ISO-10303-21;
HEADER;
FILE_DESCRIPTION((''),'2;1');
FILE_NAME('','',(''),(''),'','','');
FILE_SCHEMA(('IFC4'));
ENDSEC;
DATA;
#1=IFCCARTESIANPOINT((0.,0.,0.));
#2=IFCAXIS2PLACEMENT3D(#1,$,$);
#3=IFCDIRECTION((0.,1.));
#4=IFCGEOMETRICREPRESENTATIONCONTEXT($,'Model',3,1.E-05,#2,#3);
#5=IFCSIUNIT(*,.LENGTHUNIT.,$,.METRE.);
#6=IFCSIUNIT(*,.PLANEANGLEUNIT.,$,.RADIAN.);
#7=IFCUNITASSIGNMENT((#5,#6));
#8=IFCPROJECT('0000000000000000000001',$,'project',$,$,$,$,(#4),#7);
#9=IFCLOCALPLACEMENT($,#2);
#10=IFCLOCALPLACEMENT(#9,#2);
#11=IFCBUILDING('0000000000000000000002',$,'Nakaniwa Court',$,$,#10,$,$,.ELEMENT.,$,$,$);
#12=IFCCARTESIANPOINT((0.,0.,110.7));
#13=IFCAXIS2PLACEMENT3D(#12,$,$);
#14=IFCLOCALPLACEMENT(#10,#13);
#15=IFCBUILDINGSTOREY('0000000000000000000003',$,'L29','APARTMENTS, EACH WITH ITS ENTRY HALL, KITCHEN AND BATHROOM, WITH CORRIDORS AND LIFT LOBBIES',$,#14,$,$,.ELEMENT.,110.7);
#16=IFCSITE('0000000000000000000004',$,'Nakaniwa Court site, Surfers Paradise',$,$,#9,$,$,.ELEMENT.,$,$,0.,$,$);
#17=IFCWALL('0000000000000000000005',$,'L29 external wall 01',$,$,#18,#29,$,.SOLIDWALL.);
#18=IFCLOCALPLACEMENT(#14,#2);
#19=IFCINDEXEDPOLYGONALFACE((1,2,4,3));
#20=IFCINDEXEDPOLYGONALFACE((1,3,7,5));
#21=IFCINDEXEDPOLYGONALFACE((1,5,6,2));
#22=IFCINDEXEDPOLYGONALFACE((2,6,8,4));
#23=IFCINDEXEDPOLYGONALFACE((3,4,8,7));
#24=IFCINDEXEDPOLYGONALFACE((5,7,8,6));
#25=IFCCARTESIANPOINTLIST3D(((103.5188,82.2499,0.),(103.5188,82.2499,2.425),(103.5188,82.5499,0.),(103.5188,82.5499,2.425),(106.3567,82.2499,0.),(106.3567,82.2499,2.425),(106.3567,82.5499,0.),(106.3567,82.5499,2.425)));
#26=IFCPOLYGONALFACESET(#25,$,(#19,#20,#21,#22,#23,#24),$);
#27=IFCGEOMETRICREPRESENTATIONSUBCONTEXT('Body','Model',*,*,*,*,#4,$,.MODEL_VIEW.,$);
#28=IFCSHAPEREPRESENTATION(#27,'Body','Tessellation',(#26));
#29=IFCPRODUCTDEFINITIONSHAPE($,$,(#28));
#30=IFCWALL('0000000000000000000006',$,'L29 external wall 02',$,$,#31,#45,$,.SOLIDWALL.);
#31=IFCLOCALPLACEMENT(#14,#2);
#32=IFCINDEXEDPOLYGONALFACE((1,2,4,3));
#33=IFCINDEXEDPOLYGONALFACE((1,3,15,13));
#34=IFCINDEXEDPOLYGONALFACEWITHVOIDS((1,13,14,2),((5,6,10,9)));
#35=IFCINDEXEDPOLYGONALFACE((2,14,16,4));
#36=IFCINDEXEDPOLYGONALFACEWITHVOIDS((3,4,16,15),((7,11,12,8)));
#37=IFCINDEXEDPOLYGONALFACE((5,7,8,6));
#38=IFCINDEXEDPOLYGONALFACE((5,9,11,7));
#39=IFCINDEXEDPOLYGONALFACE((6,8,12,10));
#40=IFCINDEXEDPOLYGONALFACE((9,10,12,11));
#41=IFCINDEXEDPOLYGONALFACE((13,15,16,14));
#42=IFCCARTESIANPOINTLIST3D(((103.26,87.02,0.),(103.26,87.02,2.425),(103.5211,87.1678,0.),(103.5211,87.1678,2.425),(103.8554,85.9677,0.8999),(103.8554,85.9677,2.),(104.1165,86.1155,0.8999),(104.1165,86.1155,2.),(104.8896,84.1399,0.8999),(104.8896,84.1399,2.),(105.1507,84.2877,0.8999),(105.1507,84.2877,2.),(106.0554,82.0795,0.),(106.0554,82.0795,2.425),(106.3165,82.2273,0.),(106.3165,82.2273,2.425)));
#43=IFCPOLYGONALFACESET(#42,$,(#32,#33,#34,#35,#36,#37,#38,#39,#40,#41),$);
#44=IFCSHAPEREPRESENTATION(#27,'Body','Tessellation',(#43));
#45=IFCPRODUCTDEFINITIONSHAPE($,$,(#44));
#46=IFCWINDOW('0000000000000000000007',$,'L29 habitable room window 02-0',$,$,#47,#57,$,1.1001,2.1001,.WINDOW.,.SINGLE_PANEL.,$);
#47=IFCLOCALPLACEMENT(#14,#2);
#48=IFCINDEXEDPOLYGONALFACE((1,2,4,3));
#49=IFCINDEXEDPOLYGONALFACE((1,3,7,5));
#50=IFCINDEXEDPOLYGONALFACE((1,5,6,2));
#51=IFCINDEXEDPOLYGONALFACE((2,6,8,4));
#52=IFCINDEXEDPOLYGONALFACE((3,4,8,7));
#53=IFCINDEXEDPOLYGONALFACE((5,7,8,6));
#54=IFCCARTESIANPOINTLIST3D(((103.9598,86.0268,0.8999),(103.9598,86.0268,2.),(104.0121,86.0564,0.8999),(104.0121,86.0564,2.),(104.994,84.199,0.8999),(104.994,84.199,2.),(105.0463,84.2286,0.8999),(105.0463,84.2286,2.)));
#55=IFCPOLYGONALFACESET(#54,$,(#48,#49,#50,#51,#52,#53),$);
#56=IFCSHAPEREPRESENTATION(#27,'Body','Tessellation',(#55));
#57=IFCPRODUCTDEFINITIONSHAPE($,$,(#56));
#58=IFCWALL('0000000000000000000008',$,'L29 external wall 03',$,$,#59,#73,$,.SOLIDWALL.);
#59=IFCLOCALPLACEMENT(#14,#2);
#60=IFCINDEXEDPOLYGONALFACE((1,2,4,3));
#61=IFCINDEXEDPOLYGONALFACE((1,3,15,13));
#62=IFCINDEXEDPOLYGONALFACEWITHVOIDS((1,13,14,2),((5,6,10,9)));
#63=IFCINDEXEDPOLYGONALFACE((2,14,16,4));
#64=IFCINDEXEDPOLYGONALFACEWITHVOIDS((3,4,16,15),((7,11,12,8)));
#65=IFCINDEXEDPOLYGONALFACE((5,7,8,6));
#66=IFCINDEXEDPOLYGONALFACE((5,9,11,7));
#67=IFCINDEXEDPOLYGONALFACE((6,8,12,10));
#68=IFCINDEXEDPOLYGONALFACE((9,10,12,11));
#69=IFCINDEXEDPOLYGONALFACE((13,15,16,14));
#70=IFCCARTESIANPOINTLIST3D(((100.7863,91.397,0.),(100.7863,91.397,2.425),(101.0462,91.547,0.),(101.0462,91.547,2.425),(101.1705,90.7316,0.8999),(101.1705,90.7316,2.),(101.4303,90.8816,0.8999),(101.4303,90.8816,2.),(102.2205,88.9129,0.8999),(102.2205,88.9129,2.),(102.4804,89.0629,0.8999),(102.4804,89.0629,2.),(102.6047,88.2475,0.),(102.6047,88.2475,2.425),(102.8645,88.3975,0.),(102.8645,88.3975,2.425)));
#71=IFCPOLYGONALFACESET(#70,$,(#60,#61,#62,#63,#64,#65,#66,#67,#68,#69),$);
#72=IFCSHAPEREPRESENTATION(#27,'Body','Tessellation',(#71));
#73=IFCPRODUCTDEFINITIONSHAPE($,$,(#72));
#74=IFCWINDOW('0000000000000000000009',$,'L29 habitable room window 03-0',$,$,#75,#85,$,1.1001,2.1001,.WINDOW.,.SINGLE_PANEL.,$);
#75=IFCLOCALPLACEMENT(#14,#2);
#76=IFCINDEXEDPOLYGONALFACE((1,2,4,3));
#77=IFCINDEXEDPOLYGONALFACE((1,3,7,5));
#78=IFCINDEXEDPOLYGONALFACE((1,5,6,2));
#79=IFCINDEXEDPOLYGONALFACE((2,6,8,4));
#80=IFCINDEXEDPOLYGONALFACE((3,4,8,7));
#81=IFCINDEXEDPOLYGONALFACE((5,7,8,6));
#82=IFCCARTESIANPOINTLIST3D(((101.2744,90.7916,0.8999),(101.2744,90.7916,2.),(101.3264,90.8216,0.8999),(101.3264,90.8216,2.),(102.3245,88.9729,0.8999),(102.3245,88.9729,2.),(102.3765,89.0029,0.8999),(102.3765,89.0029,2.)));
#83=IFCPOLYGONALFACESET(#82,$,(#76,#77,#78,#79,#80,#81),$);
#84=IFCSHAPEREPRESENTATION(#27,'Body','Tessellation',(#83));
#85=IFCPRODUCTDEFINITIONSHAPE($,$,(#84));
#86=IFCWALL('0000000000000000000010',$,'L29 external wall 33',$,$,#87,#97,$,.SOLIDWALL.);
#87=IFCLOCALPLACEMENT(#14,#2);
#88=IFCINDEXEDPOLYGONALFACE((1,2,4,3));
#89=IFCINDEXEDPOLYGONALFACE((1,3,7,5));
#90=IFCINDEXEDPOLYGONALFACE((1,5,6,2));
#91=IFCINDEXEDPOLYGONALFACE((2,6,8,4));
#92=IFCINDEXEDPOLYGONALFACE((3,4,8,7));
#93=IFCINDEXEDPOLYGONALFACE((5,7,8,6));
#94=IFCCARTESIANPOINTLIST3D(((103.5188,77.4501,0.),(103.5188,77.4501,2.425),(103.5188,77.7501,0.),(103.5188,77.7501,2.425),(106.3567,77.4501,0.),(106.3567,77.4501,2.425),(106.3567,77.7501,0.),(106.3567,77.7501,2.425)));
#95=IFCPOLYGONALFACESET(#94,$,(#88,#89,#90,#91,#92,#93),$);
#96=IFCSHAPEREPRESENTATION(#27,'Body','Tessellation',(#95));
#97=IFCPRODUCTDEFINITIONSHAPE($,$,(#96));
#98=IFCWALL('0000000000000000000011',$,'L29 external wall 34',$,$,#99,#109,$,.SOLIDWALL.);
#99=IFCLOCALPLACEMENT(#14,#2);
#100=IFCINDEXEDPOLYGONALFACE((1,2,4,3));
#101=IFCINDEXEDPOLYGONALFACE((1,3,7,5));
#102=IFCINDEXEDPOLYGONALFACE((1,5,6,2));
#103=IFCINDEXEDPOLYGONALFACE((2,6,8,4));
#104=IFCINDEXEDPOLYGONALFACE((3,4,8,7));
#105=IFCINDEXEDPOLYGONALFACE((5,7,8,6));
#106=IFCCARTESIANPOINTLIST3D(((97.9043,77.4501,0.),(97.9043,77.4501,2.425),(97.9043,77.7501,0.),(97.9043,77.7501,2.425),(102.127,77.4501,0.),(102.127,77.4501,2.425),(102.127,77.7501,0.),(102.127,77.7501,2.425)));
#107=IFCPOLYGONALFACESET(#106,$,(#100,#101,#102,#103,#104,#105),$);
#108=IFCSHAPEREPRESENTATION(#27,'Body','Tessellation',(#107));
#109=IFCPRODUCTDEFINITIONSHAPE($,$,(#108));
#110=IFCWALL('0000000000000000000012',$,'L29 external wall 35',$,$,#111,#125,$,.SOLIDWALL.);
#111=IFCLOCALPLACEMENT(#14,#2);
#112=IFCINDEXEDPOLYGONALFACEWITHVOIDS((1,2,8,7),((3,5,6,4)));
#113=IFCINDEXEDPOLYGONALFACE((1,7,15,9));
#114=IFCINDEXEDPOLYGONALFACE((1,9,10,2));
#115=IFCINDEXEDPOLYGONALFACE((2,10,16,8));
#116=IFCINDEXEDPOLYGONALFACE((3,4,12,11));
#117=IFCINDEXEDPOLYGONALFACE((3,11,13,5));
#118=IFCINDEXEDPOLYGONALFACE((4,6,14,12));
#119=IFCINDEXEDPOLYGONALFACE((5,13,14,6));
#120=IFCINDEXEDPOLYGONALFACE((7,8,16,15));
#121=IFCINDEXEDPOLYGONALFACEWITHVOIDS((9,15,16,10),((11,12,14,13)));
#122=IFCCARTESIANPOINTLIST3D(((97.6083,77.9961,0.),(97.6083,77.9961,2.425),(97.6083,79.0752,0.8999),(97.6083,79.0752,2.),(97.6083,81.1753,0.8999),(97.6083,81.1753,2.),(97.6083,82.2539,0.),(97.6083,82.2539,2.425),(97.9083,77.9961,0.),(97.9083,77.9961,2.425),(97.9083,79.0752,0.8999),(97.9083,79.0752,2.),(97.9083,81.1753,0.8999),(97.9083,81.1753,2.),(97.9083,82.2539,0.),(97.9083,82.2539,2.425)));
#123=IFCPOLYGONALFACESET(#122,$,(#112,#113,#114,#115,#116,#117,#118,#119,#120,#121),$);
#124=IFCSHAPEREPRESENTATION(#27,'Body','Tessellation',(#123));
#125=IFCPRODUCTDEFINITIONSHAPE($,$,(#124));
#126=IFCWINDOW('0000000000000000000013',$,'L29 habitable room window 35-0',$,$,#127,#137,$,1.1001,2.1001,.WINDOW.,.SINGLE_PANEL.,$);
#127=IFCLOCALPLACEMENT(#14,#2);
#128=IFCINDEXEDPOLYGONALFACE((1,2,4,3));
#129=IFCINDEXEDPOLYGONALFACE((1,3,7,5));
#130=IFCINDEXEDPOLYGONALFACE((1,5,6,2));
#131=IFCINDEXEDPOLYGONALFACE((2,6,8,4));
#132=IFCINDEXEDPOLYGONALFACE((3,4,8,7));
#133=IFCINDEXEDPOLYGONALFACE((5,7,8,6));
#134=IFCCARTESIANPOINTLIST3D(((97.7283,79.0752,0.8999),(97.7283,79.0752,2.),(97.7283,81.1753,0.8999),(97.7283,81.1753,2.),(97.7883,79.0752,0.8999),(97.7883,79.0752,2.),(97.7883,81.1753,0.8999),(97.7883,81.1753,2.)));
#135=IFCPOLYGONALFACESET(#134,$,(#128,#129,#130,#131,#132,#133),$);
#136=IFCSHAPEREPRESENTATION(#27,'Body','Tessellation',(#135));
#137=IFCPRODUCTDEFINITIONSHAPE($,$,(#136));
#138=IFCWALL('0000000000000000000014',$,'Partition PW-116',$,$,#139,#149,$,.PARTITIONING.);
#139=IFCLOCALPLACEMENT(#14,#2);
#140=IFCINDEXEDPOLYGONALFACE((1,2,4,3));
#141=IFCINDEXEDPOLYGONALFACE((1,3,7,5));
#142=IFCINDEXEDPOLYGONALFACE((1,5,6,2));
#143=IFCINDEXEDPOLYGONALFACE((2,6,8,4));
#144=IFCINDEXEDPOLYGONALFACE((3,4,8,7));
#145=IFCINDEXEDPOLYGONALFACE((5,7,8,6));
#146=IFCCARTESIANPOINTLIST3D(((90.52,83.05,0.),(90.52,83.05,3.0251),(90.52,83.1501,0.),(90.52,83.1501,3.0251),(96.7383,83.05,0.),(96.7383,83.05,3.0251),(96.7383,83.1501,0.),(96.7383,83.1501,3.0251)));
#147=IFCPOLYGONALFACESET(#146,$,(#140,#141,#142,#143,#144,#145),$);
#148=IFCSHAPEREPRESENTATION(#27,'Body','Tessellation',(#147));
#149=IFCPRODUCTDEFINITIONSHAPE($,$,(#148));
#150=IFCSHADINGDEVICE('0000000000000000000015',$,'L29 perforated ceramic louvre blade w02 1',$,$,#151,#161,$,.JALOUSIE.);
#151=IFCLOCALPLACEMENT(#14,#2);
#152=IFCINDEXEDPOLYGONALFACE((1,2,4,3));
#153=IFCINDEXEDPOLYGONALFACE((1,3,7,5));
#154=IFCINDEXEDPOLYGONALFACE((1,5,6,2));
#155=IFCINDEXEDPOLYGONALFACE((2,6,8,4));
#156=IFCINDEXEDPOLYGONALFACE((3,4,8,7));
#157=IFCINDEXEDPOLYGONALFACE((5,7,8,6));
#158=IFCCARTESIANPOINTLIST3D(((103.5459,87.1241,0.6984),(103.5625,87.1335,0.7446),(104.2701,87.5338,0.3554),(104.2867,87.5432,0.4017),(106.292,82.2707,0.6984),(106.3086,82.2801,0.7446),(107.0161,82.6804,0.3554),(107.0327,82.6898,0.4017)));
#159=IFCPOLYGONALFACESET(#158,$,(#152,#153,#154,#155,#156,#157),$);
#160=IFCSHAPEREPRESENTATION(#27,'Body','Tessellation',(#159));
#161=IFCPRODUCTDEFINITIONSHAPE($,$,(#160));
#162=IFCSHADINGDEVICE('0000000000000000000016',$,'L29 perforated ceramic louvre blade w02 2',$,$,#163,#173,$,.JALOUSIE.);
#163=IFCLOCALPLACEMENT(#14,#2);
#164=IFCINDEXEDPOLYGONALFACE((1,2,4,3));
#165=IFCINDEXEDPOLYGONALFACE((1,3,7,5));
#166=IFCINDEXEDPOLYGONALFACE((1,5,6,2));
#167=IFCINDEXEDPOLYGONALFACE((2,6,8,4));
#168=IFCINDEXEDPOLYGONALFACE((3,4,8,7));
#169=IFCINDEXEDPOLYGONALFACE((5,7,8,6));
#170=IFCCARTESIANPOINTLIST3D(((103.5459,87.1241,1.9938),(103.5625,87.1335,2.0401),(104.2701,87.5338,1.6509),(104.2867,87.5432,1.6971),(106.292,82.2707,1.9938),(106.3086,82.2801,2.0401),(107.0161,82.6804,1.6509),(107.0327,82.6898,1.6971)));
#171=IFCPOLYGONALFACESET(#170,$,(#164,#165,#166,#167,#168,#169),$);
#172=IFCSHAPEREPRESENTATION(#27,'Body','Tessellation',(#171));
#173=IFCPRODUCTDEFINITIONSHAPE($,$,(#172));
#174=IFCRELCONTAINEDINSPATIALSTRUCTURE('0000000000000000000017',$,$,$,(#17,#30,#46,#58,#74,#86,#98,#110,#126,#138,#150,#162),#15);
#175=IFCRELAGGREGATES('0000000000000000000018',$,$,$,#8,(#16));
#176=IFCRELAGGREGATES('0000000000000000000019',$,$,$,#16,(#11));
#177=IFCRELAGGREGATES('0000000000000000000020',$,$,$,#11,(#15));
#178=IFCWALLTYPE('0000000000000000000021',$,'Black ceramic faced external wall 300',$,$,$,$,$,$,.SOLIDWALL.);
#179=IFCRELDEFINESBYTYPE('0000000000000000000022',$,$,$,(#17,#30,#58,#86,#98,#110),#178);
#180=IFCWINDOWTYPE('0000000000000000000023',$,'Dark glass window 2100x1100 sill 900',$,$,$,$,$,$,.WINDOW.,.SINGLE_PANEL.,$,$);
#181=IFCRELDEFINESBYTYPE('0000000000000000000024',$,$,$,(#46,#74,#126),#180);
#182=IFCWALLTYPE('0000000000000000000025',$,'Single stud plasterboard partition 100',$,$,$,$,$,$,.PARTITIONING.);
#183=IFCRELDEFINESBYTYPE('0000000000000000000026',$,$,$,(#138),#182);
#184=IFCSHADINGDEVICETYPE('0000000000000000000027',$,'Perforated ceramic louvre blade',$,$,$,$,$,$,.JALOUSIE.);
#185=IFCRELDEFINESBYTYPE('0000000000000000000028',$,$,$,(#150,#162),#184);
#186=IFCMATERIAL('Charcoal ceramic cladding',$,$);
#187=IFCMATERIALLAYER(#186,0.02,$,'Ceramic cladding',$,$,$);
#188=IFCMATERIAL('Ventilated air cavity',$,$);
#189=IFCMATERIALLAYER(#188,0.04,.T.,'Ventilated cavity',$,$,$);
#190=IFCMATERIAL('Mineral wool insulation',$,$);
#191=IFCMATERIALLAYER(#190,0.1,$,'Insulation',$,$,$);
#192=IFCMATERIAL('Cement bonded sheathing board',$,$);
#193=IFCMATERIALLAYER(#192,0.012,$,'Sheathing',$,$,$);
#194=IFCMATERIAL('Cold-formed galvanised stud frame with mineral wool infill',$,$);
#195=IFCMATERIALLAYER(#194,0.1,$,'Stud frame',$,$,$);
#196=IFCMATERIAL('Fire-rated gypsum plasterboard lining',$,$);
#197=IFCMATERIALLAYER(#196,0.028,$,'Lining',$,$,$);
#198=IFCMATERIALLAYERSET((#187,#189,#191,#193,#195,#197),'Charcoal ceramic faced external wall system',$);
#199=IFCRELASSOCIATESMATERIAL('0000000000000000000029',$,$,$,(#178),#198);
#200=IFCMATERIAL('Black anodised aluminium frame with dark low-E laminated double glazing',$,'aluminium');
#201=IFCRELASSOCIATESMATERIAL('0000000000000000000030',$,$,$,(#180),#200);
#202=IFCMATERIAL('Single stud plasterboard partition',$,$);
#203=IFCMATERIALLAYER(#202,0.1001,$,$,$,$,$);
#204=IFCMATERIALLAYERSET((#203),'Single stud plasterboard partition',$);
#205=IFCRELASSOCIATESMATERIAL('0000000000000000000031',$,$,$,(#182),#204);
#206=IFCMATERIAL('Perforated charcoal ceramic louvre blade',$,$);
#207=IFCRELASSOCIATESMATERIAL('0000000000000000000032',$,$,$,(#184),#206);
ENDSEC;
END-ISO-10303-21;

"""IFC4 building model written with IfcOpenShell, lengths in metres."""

from ifc_helpers import new_model, si_unit, direction, frame, frame_2d, origin, origin_2d, place, context, subcontext, project, spatial, rectangle, extrude, material, layer, layer_set, material_profile, profile_set, type_object, element, fill, save


model = new_model("IFC4")

# Units and contexts
model_context = context("Model", 3, precision=1e-05, world=origin(), true_north=direction((0.0, 1.0)))
body_context = subcontext(model_context, "Body", "Model", "MODEL_VIEW")
ifc_project = project(units=[si_unit("LENGTHUNIT", "METRE"), si_unit("PLANEANGLEUNIT", "RADIAN")], contexts=[model_context])

# Site, building, storey
site_placement = place(None, origin())
site = spatial("IfcSite", under=ifc_project, at=site_placement, Name="Nakaniwa Court site, Surfers Paradise", CompositionType="ELEMENT", RefElevation=0.0)
building_placement = place(site_placement, origin())
building = spatial("IfcBuilding", under=site, at=building_placement, Name="Nakaniwa Court", CompositionType="ELEMENT")
storey_placement = place(building_placement, frame((0.0, 0.0, 110.7)))
storey = spatial("IfcBuildingStorey", under=building, at=storey_placement, Name="L29", Description="APARTMENTS, EACH WITH ITS ENTRY HALL, KITCHEN AND BATHROOM, WITH CORRIDORS AND LIFT LOBBIES", CompositionType="ELEMENT", Elevation=110.7)

# Wall
ifc_material_1 = material(Name="Charcoal ceramic cladding")
ifc_layer_1 = layer(ifc_material_1, 0.02, Name="Ceramic cladding")
ifc_material_2 = material(Name="Ventilated air cavity")
ifc_layer_2 = layer(ifc_material_2, 0.04, ventilated=True, Name="Ventilated cavity")
ifc_material_3 = material(Name="Mineral wool insulation")
ifc_layer_3 = layer(ifc_material_3, 0.1, Name="Insulation")
ifc_material_4 = material(Name="Cement bonded sheathing board")
ifc_layer_4 = layer(ifc_material_4, 0.012, Name="Sheathing")
ifc_material_5 = material(Name="Cold-formed galvanised stud frame with mineral wool infill")
ifc_layer_5 = layer(ifc_material_5, 0.1, Name="Stud frame")
ifc_material_6 = material(Name="Fire-rated gypsum plasterboard lining")
ifc_layer_6 = layer(ifc_material_6, 0.028, Name="Lining")
ifc_layer_set_1 = layer_set([ifc_layer_1, ifc_layer_2, ifc_layer_3, ifc_layer_4, ifc_layer_5, ifc_layer_6], Name="Charcoal ceramic faced external wall system")
wall_type_1 = type_object("IfcWallType", Name="Black ceramic faced external wall 300", PredefinedType="SOLIDWALL", material=ifc_layer_set_1)
wall_1_placement = place(storey_placement, frame((103.5188, 82.3999, 0.0), z_axis=(0.0, 0.0, 1.0), x_axis=(1.0, 0.0, 0.0)))
element("IfcWall", 1, at=wall_1_placement, inside=storey, type_object=wall_type_1, Name="L29 external wall 01", PredefinedType="SOLIDWALL", context=body_context, shape_type="SweptSolid", body=[
    extrude(rectangle(XDim=2.8379, YDim=0.3, at=frame_2d((1.4189, 0.0))), origin(), (0.0, 0.0, 1.0), 2.425),
])

# Walls, openings, windows
wall_2_placement = place(storey_placement, frame((106.186, 82.1533, 0.0), z_axis=(0.0, 0.0, 1.0), x_axis=(-0.492457, 0.870337, 0.0)))
wall_2 = element("IfcWall", 2, at=wall_2_placement, inside=storey, type_object=wall_type_1, Name="L29 external wall 02", PredefinedType="SOLIDWALL", context=body_context, shape_type="SweptSolid", body=[
    extrude(rectangle(XDim=5.6765, YDim=0.3, at=frame_2d((2.8384, 0.0))), origin(), (0.0, 0.0, 1.0), 2.425),
])
opening_1_placement = place(wall_2_placement, frame((2.3674, 0.0, 0.8999)))
opening_1 = element("IfcOpeningElement", 3, at=opening_1_placement, cuts=wall_2, PredefinedType="OPENING", context=body_context, shape_type="SweptSolid", body=[
    extrude(rectangle(XDim=2.1001, YDim=1.1001, at=frame_2d((1.05, 0.55))), frame((0.0, 0.1599, 0.0), z_axis=(0.0, -1.0, 0.0), x_axis=(1.0, 0.0, 0.0)), (0.0, 0.0, 1.0), 0.3201),
])
ifc_material_7 = material(Name="Black anodised aluminium frame with dark low-E laminated double glazing", Category="aluminium")
window_type = type_object("IfcWindowType", Name="Dark glass window 2100x1100 sill 900", PartitioningType="SINGLE_PANEL", PredefinedType="WINDOW", material=ifc_material_7)
window_1_placement = place(opening_1_placement, origin())
window_1 = element("IfcWindow", 4, at=window_1_placement, inside=storey, type_object=window_type, Name="L29 habitable room window 02-0", OverallHeight=1.1001, OverallWidth=2.1001, PartitioningType="SINGLE_PANEL", PredefinedType="WINDOW", context=body_context, shape_type="SweptSolid", body=[
    extrude(rectangle(XDim=2.1001, YDim=1.1001, at=frame_2d((1.05, 0.55))), frame((0.0, 0.03, 0.0), z_axis=(0.0, -1.0, 0.0), x_axis=(1.0, 0.0, 0.0)), (0.0, 0.0, 1.0), 0.0601),
])
fill(opening_1, window_1)
wall_3_placement = place(storey_placement, frame((102.7346, 88.3225, 0.0), z_axis=(0.0, 0.0, 1.0), x_axis=(-0.500009, 0.86602, 0.0)))
wall_3 = element("IfcWall", 5, at=wall_3_placement, inside=storey, type_object=wall_type_1, Name="L29 external wall 03", PredefinedType="SOLIDWALL", context=body_context, shape_type="SweptSolid", body=[
    extrude(rectangle(XDim=3.6367, YDim=0.3, at=frame_2d((1.8184, 0.0))), origin(), (0.0, 0.0, 1.0), 2.425),
])
opening_2_placement = place(wall_3_placement, frame((0.7683, 0.0, 0.8999)))
opening_2 = element("IfcOpeningElement", 6, at=opening_2_placement, cuts=wall_3, PredefinedType="OPENING", context=body_context, shape_type="SweptSolid", body=[
    extrude(rectangle(XDim=2.1001, YDim=1.1001, at=frame_2d((1.05, 0.55))), frame((0.0, 0.1599, 0.0), z_axis=(0.0, -1.0, 0.0), x_axis=(1.0, 0.0, 0.0)), (0.0, 0.0, 1.0), 0.3201),
])
window_2_placement = place(opening_2_placement, origin())
window_2 = element("IfcWindow", 7, at=window_2_placement, inside=storey, type_object=window_type, Name="L29 habitable room window 03-0", OverallHeight=1.1001, OverallWidth=2.1001, PartitioningType="SINGLE_PANEL", PredefinedType="WINDOW", context=body_context, shape_type="SweptSolid", body=[
    extrude(rectangle(XDim=2.1001, YDim=1.1001, at=frame_2d((1.05, 0.55))), frame((0.0, 0.03, 0.0), z_axis=(0.0, -1.0, 0.0), x_axis=(1.0, 0.0, 0.0)), (0.0, 0.0, 1.0), 0.0601),
])
fill(opening_2, window_2)

# Walls
wall_4_placement = place(storey_placement, frame((106.3567, 77.6001, 0.0), z_axis=(0.0, 0.0, 1.0), x_axis=(-1.0, 0.0, 0.0)))
element("IfcWall", 8, at=wall_4_placement, inside=storey, type_object=wall_type_1, Name="L29 external wall 33", PredefinedType="SOLIDWALL", context=body_context, shape_type="SweptSolid", body=[
    extrude(rectangle(XDim=2.8379, YDim=0.3, at=frame_2d((1.4189, 0.0))), origin(), (0.0, 0.0, 1.0), 2.425),
])
wall_5_placement = place(storey_placement, frame((102.127, 77.6001, 0.0), z_axis=(0.0, 0.0, 1.0), x_axis=(-1.0, 0.0, 0.0)))
element("IfcWall", 9, at=wall_5_placement, inside=storey, type_object=wall_type_1, Name="L29 external wall 34", PredefinedType="SOLIDWALL", context=body_context, shape_type="SweptSolid", body=[
    extrude(rectangle(XDim=4.2227, YDim=0.3, at=frame_2d((2.1113, 0.0))), origin(), (0.0, 0.0, 1.0), 2.425),
])

# Wall, opening, window
wall_6_placement = place(storey_placement, frame((97.7583, 77.9961, 0.0), z_axis=(0.0, 0.0, 1.0), x_axis=(0.0, 1.0, 0.0)))
wall_6 = element("IfcWall", 10, at=wall_6_placement, inside=storey, type_object=wall_type_1, Name="L29 external wall 35", PredefinedType="SOLIDWALL", context=body_context, shape_type="SweptSolid", body=[
    extrude(rectangle(XDim=4.2578, YDim=0.3, at=frame_2d((2.1289, 0.0))), origin(), (0.0, 0.0, 1.0), 2.425),
])
opening_3_placement = place(wall_6_placement, frame((1.0791, 0.0, 0.8999)))
opening_3 = element("IfcOpeningElement", 11, at=opening_3_placement, cuts=wall_6, PredefinedType="OPENING", context=body_context, shape_type="SweptSolid", body=[
    extrude(rectangle(XDim=2.1001, YDim=1.1001, at=frame_2d((1.05, 0.55))), frame((0.0, 0.1599, 0.0), z_axis=(0.0, -1.0, 0.0), x_axis=(1.0, 0.0, 0.0)), (0.0, 0.0, 1.0), 0.3201),
])
window_3_placement = place(opening_3_placement, origin())
window_3 = element("IfcWindow", 12, at=window_3_placement, inside=storey, type_object=window_type, Name="L29 habitable room window 35-0", OverallHeight=1.1001, OverallWidth=2.1001, PartitioningType="SINGLE_PANEL", PredefinedType="WINDOW", context=body_context, shape_type="SweptSolid", body=[
    extrude(rectangle(XDim=2.1001, YDim=1.1001, at=frame_2d((1.05, 0.55))), frame((0.0, 0.03, 0.0), z_axis=(0.0, -1.0, 0.0), x_axis=(1.0, 0.0, 0.0)), (0.0, 0.0, 1.0), 0.0601),
])
fill(opening_3, window_3)

# Wall
ifc_material_8 = material(Name="Single stud plasterboard partition")
ifc_layer_7 = layer(ifc_material_8, 0.1001)
ifc_layer_set_2 = layer_set([ifc_layer_7], Name="Single stud plasterboard partition")
wall_type_2 = type_object("IfcWallType", Name="Single stud plasterboard partition 100", PredefinedType="PARTITIONING", material=ifc_layer_set_2)
wall_7_placement = place(storey_placement, frame((90.52, 83.1001, 0.0), z_axis=(0.0, 0.0, 1.0), x_axis=(1.0, 0.0, 0.0)))
element("IfcWall", 13, at=wall_7_placement, inside=storey, type_object=wall_type_2, Name="Partition PW-116", PredefinedType="PARTITIONING", context=body_context, shape_type="SweptSolid", body=[
    extrude(rectangle(XDim=6.2183, YDim=0.1001, at=frame_2d((3.1091, 0.0))), origin(), (0.0, 0.0, 1.0), 3.0251),
])

# Shading devices
ifc_material_9 = material(Name="Perforated charcoal ceramic louvre blade")
ifc_material_profile_1 = material_profile(ifc_material_9, rectangle(XDim=0.8999, YDim=0.05, at=origin_2d()), Name="Perforated ceramic louvre blade")
ifc_profile_set_1 = profile_set([ifc_material_profile_1], Name="Perforated charcoal ceramic louvre blade")
shading_device_type = type_object("IfcShadingDeviceType", Name="Perforated ceramic louvre blade", PredefinedType="JALOUSIE", material=ifc_profile_set_1)
for number, where, z_axis, x_axis, name in (
    (14, (106.6624, 82.4802, 0.55), (-0.492438, 0.870347, 0.0), (-0.804676, -0.455282, 0.38107), "L29 perforated ceramic louvre blade w02 1"),
    (15, (106.6624, 82.4802, 1.8455), (-0.492438, 0.870347, 0.0), (-0.804676, -0.455282, 0.38107), "L29 perforated ceramic louvre blade w02 2"),
):
    element("IfcShadingDevice", number, at=place(storey_placement, frame(where, z_axis=z_axis, x_axis=x_axis)), inside=storey, type_object=shading_device_type, Name=name, PredefinedType="JALOUSIE", context=body_context, shape_type="SweptSolid", body=[
        extrude(rectangle(XDim=0.8999, YDim=0.05, at=origin_2d()), origin(), (0.0, 0.0, 1.0), 5.5764),
    ])

save(model, "model.ifc")
